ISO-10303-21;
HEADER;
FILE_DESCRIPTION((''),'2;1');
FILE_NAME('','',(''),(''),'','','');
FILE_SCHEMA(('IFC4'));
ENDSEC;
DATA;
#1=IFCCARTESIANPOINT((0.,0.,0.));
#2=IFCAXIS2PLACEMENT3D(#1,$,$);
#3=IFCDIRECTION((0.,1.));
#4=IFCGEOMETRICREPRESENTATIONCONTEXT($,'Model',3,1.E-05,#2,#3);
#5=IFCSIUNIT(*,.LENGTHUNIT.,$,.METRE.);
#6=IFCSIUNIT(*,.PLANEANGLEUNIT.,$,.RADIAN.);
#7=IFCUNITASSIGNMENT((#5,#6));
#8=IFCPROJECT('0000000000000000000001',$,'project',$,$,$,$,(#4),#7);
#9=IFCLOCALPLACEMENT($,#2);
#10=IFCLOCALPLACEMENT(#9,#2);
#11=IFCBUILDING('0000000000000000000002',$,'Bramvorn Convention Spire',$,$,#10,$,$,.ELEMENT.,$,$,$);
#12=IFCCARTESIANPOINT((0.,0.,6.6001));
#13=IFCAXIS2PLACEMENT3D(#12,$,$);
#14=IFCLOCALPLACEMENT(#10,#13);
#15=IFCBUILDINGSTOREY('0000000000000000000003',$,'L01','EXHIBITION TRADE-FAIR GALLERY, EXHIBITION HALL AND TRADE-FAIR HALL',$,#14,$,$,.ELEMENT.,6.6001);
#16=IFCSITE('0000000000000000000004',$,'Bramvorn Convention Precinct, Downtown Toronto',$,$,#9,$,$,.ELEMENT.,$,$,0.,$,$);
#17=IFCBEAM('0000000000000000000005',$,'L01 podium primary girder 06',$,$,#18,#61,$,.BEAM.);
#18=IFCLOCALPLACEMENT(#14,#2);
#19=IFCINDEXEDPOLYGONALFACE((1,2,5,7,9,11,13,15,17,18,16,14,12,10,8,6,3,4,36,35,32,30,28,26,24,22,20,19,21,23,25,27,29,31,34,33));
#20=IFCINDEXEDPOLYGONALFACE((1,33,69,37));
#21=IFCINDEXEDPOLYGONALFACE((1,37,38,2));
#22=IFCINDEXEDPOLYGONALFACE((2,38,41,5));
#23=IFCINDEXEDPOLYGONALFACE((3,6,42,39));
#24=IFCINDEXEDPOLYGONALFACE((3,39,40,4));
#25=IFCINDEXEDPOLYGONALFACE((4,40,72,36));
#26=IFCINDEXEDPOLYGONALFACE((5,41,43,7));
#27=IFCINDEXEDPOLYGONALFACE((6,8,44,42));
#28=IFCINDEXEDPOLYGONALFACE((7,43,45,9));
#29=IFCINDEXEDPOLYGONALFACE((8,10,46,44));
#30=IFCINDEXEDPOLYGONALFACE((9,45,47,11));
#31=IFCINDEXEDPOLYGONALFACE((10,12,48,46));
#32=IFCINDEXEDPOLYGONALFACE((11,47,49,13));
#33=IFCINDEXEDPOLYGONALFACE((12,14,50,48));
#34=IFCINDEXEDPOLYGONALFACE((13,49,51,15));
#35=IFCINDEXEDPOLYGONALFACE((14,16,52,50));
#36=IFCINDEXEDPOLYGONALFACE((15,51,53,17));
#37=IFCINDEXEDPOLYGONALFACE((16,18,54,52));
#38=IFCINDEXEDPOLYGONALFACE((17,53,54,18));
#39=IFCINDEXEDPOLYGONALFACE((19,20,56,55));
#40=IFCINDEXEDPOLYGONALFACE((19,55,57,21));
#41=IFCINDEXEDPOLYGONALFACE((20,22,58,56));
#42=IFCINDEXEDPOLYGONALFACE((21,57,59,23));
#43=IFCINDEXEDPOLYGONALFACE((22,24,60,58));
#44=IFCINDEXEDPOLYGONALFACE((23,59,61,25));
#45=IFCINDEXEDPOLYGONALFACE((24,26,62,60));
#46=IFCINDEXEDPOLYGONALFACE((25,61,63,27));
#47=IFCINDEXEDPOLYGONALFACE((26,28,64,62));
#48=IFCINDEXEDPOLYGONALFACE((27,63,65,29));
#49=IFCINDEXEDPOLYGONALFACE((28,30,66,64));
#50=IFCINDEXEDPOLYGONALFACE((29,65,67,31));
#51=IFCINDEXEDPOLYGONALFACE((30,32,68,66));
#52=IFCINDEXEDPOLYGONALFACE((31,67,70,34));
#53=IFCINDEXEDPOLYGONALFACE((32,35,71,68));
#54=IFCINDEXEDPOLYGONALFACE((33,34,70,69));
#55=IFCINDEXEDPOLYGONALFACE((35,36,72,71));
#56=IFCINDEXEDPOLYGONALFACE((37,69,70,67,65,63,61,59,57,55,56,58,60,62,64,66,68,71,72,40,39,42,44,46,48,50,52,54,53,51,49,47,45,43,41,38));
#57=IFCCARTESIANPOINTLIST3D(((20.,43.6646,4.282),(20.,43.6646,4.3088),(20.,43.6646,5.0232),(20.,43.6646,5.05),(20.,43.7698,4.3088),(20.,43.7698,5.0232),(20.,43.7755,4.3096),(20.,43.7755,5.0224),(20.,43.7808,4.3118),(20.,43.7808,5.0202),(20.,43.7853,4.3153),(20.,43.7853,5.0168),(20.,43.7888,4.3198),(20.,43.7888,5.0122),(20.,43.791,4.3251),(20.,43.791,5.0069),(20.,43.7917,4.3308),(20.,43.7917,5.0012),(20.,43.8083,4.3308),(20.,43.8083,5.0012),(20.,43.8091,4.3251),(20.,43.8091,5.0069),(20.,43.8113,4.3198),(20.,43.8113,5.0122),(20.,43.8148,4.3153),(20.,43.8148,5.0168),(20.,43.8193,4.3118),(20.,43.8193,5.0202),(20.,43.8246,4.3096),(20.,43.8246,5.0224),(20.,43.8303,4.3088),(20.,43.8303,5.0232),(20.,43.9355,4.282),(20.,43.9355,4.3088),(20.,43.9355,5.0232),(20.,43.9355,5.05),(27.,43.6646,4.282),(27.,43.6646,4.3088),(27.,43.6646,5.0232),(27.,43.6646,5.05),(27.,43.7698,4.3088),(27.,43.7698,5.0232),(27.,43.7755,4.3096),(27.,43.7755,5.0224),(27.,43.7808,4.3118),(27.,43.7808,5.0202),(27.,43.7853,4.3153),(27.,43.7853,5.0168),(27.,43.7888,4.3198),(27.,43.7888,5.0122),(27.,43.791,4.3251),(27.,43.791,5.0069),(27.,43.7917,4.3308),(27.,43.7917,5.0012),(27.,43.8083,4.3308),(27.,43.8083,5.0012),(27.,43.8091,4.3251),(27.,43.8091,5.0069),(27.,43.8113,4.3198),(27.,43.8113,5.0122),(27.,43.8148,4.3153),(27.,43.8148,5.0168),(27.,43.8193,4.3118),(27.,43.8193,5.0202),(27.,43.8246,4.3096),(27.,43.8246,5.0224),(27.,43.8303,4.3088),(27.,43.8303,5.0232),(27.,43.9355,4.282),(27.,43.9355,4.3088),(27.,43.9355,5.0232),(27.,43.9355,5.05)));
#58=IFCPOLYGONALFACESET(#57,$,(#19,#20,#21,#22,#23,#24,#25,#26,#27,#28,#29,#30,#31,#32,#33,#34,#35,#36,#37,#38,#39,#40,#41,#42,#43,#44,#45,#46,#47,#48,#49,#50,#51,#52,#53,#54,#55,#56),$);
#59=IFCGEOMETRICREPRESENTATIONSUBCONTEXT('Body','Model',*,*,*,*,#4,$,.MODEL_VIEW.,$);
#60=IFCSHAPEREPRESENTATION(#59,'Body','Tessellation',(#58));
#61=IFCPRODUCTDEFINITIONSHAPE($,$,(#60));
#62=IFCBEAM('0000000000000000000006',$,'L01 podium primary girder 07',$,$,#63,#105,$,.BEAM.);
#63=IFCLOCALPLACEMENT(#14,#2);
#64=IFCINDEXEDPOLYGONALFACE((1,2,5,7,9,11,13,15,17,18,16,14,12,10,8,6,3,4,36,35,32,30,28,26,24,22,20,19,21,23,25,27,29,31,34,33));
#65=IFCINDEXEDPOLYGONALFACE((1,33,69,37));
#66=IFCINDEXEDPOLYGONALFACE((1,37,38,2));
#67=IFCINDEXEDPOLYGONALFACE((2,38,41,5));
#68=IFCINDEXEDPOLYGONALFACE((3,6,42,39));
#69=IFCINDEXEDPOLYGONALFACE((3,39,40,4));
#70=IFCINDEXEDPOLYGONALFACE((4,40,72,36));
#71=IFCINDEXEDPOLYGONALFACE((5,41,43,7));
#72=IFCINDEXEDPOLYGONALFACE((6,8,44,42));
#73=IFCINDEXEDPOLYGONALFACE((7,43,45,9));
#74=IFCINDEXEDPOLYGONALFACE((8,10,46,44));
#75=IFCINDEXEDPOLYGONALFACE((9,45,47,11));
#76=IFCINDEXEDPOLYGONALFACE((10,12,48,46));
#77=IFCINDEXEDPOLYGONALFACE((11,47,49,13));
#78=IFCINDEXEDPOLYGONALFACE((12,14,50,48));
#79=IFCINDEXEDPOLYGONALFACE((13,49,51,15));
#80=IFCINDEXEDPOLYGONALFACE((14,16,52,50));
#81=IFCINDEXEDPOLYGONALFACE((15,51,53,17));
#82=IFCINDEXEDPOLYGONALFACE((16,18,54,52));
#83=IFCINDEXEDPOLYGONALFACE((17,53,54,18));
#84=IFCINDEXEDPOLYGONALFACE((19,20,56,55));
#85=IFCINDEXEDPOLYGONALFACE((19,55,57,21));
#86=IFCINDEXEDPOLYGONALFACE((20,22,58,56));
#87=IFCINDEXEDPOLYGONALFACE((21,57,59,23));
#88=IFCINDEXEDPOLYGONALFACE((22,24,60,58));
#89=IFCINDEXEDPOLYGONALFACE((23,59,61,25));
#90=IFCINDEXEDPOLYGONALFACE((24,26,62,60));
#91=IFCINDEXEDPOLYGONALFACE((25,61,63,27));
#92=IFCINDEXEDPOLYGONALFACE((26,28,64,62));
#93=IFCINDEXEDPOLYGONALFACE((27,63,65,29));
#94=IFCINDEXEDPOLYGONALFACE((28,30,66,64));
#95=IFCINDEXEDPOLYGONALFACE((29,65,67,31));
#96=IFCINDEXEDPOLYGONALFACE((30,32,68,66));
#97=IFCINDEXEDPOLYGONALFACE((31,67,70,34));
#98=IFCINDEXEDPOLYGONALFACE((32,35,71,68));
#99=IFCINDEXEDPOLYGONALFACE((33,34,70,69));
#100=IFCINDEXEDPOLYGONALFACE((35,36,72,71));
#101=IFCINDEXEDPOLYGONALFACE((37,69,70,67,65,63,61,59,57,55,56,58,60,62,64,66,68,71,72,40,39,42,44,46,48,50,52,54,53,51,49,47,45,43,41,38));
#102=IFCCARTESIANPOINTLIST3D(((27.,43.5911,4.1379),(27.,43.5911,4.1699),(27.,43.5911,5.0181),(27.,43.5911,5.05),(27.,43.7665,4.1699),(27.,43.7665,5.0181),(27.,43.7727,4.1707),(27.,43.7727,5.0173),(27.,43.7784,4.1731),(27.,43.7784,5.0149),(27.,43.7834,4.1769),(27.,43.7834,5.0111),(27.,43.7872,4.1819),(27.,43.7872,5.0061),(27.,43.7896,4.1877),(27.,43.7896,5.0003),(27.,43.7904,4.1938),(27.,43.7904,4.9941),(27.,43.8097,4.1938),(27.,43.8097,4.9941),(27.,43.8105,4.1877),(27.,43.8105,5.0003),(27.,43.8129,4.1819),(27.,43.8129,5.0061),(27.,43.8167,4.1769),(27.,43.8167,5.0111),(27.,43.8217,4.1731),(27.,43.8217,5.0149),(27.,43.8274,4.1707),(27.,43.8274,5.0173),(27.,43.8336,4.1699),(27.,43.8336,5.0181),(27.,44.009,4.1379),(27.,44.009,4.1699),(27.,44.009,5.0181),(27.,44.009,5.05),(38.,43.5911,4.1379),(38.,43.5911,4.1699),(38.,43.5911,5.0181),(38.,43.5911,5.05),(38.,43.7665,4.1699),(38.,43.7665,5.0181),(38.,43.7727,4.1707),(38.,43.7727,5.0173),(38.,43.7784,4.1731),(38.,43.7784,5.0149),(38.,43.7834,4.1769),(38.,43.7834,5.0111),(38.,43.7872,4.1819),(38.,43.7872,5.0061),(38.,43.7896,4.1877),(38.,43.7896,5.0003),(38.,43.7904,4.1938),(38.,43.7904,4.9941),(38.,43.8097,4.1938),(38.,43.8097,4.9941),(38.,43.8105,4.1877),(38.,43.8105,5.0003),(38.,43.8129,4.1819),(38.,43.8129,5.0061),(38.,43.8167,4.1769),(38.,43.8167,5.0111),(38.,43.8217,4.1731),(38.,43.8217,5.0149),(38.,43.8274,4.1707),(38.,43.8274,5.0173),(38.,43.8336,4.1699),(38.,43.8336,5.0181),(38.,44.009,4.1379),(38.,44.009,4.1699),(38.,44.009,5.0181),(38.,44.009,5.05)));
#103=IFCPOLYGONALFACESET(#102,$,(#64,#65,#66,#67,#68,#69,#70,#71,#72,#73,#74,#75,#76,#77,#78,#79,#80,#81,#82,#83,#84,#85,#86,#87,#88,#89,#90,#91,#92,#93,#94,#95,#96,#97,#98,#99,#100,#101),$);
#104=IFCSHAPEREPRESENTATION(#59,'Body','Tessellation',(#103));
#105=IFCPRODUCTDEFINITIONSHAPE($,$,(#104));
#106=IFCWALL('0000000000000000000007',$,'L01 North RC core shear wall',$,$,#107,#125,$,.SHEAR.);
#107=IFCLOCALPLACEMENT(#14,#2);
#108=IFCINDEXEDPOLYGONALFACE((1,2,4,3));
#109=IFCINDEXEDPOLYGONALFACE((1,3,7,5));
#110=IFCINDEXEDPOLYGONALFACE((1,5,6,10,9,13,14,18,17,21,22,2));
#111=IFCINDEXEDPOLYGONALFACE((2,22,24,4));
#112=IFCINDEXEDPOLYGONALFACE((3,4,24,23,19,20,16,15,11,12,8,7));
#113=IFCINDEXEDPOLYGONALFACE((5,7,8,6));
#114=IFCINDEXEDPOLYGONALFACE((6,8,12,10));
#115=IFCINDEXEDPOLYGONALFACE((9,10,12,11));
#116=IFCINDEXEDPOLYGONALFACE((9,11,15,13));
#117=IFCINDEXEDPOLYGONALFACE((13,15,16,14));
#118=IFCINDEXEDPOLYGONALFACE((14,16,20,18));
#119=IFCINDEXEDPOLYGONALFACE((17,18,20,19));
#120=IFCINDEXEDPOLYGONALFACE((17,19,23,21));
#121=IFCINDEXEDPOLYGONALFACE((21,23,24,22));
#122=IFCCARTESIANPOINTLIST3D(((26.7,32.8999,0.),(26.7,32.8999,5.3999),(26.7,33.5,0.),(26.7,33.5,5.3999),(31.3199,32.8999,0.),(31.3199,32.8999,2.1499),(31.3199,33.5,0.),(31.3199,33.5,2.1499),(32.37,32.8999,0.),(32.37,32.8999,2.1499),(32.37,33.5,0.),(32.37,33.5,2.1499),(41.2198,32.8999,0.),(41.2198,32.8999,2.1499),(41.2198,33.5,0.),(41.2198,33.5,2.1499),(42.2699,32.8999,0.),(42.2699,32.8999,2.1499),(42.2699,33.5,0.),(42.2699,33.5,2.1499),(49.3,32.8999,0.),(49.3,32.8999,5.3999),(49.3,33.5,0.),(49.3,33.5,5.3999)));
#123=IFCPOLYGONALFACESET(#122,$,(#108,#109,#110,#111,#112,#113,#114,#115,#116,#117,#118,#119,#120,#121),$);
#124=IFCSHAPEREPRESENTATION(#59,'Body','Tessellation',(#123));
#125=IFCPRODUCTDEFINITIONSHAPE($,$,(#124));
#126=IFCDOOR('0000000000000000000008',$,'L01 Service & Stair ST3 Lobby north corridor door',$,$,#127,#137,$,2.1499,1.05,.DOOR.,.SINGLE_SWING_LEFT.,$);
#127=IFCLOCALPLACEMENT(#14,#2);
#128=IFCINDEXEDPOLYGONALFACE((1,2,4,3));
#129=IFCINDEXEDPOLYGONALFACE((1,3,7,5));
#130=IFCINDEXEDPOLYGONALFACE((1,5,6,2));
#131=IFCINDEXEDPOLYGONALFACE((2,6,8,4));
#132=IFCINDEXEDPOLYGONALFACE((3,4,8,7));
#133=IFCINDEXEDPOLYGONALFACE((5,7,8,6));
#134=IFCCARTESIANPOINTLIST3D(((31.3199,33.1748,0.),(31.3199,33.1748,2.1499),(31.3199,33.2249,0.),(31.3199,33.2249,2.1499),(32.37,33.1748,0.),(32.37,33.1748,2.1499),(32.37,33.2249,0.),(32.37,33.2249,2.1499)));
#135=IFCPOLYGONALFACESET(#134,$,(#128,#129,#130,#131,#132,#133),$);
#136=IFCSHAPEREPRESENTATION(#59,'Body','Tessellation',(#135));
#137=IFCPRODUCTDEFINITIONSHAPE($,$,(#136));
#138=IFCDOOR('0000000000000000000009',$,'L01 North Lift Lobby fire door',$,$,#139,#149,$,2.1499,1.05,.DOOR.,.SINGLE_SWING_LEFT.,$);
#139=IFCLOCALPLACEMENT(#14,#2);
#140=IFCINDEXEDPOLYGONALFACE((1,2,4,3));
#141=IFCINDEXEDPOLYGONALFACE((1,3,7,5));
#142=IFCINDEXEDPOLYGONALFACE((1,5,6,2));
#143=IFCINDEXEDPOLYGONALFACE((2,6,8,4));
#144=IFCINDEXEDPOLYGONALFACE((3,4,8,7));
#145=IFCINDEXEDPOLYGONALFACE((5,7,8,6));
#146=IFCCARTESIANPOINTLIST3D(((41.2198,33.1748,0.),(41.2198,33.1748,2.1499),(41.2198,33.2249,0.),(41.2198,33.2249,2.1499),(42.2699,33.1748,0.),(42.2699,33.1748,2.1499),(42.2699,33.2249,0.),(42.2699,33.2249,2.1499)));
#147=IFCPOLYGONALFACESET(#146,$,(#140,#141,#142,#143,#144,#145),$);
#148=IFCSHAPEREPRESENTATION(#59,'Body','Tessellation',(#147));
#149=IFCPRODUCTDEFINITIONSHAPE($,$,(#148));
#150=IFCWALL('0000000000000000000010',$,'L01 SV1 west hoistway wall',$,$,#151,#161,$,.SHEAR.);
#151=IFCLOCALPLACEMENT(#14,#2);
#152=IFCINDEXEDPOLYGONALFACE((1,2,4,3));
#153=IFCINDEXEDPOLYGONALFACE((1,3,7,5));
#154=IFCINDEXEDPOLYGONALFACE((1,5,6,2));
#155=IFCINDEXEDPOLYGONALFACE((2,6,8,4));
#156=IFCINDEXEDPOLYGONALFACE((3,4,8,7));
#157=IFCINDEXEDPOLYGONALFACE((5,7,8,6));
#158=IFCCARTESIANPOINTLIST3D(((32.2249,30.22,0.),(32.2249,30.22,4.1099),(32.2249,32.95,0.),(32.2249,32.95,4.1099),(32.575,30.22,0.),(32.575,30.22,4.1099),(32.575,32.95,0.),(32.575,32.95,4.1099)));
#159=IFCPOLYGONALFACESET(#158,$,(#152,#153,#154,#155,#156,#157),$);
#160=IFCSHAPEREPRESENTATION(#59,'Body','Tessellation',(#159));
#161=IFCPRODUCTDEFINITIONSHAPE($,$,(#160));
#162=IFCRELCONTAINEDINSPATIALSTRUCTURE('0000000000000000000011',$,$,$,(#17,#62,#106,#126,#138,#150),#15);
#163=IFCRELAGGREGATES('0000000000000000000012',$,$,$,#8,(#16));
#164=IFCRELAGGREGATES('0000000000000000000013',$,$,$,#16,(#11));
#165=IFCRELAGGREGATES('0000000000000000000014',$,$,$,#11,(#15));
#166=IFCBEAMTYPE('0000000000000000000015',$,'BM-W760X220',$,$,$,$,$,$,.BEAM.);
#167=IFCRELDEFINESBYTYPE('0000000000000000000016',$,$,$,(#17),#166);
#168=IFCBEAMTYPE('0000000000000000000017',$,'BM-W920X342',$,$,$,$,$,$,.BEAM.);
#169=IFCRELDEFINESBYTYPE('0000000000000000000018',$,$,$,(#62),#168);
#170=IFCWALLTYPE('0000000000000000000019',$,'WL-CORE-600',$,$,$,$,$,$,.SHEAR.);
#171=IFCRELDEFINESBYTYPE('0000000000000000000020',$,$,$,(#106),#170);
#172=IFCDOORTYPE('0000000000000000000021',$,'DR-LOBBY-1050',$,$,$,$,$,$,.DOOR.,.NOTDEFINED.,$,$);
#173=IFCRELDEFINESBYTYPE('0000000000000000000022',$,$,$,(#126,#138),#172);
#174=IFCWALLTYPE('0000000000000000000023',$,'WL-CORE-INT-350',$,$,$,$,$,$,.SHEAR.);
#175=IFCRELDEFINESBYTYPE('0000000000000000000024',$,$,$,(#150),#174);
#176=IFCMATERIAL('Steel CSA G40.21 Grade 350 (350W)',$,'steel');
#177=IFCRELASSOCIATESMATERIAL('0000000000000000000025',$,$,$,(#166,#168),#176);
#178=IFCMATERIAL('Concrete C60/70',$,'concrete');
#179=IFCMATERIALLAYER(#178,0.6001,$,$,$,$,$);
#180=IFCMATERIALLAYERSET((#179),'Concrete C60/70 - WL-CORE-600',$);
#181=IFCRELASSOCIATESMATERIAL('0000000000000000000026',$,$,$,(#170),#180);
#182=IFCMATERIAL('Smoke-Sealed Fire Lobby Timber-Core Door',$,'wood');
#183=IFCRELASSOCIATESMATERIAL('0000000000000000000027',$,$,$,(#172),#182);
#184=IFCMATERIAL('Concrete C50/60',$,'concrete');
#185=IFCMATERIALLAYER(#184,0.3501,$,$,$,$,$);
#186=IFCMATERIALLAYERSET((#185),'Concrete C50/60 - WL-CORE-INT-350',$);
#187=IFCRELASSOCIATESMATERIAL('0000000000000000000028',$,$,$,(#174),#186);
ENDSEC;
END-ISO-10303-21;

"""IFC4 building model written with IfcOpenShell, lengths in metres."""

from ifc_helpers import new_model, si_unit, direction, frame, frame_2d, origin, origin_2d, place, context, subcontext, project, spatial, rectangle, i_section, extrude, material, layer, layer_set, material_profile, profile_set, type_object, element, fill, save


model = new_model("IFC4")

# Units and contexts
model_context = context("Model", 3, precision=1e-05, world=origin(), true_north=direction((0.0, 1.0)))
body_context = subcontext(model_context, "Body", "Model", "MODEL_VIEW")
ifc_project = project(units=[si_unit("LENGTHUNIT", "METRE"), si_unit("PLANEANGLEUNIT", "RADIAN")], contexts=[model_context])

# Site, building, storey
site_placement = place(None, origin())
site = spatial("IfcSite", under=ifc_project, at=site_placement, Name="Bramvorn Convention Precinct, Downtown Toronto", CompositionType="ELEMENT", RefElevation=0.0)
building_placement = place(site_placement, origin())
building = spatial("IfcBuilding", under=site, at=building_placement, Name="Bramvorn Convention Spire", CompositionType="ELEMENT")
storey_placement = place(building_placement, frame((0.0, 0.0, 6.6001)))
storey = spatial("IfcBuildingStorey", under=building, at=storey_placement, Name="L01", Description="EXHIBITION TRADE-FAIR GALLERY, EXHIBITION HALL AND TRADE-FAIR HALL", CompositionType="ELEMENT", Elevation=6.6001)

# Shared definitions
ifc_material_1 = material(Name="Steel CSA G40.21 Grade 350 (350W)", Category="steel")
ifc_material_2 = material(Name="Concrete C60/70", Category="concrete")

# Beams
ifc_material_profile_1 = material_profile(ifc_material_1, i_section(OverallWidth=0.271, OverallDepth=0.7681, WebThickness=0.0166, FlangeThickness=0.0269, FilletRadius=0.022, at=origin_2d()))
ifc_profile_set_1 = profile_set([ifc_material_profile_1], Name="Steel CSA G40.21 Grade 350 (350W) - W760X220")
beam_type_1 = type_object("IfcBeamType", Name="BM-W760X220", PredefinedType="BEAM", material=ifc_profile_set_1)
beam_1_placement = place(storey_placement, frame((20.0, 43.8, 4.666), z_axis=(1.0, 0.0, 0.0), x_axis=(0.0, 1.0, 0.0)))
element("IfcBeam", 1, at=beam_1_placement, inside=storey, type_object=beam_type_1, Name="L01 podium primary girder 06", PredefinedType="BEAM", context=body_context, shape_type="SweptSolid", body=[
    extrude(i_section(OverallWidth=0.271, OverallDepth=0.7681, WebThickness=0.0166, FlangeThickness=0.0269, FilletRadius=0.022, at=origin_2d()), origin(), (0.0, 0.0, 1.0), 7.0),
])
ifc_material_profile_2 = material_profile(ifc_material_1, i_section(OverallWidth=0.418, OverallDepth=0.9121, WebThickness=0.0193, FlangeThickness=0.032, FilletRadius=0.0239, at=origin_2d()))
ifc_profile_set_2 = profile_set([ifc_material_profile_2], Name="Steel CSA G40.21 Grade 350 (350W) - W920X342")
beam_type_2 = type_object("IfcBeamType", Name="BM-W920X342", PredefinedType="BEAM", material=ifc_profile_set_2)
beam_2_placement = place(storey_placement, frame((27.0, 43.8, 4.594), z_axis=(1.0, 0.0, 0.0), x_axis=(0.0, 1.0, 0.0)))
element("IfcBeam", 2, at=beam_2_placement, inside=storey, type_object=beam_type_2, Name="L01 podium primary girder 07", PredefinedType="BEAM", context=body_context, shape_type="SweptSolid", body=[
    extrude(i_section(OverallWidth=0.418, OverallDepth=0.9121, WebThickness=0.0193, FlangeThickness=0.032, FilletRadius=0.0239, at=origin_2d()), origin(), (0.0, 0.0, 1.0), 11.0),
])

# Wall, openings, doors
ifc_layer_1 = layer(ifc_material_2, 0.6001)
ifc_layer_set_1 = layer_set([ifc_layer_1], Name="Concrete C60/70 - WL-CORE-600")
wall_type_1 = type_object("IfcWallType", Name="WL-CORE-600", PredefinedType="SHEAR", material=ifc_layer_set_1)
wall_1_placement = place(storey_placement, frame((26.7, 33.2, 0.0), z_axis=(0.0, 0.0, 1.0), x_axis=(1.0, 0.0, 0.0)))
wall_1 = element("IfcWall", 3, at=wall_1_placement, inside=storey, type_object=wall_type_1, Name="L01 North RC core shear wall", PredefinedType="SHEAR", context=body_context, shape_type="SweptSolid", body=[
    extrude(rectangle(XDim=22.6001, YDim=0.6001, at=frame_2d((11.3, 0.0))), origin(), (0.0, 0.0, 1.0), 5.3999),
])
opening_1_placement = place(wall_1_placement, frame((4.6201, 0.0, 0.0)))
opening_1 = element("IfcOpeningElement", 4, at=opening_1_placement, cuts=wall_1, PredefinedType="OPENING", context=body_context, shape_type="SweptSolid", body=[
    extrude(rectangle(XDim=1.05, YDim=2.1499, at=frame_2d((0.5249, 1.075))), frame((0.0, 0.3101, 0.0), z_axis=(0.0, -1.0, 0.0), x_axis=(1.0, 0.0, 0.0)), (0.0, 0.0, 1.0), 0.6201),
])
opening_2_placement = place(wall_1_placement, frame((14.52, 0.0, 0.0)))
opening_2 = element("IfcOpeningElement", 5, at=opening_2_placement, cuts=wall_1, PredefinedType="OPENING", context=body_context, shape_type="SweptSolid", body=[
    extrude(rectangle(XDim=1.05, YDim=2.1499, at=frame_2d((0.5249, 1.075))), frame((0.0, 0.3101, 0.0), z_axis=(0.0, -1.0, 0.0), x_axis=(1.0, 0.0, 0.0)), (0.0, 0.0, 1.0), 0.6201),
])
ifc_material_3 = material(Name="Smoke-Sealed Fire Lobby Timber-Core Door", Category="wood")
door_type_1 = type_object("IfcDoorType", Name="DR-LOBBY-1050", OperationType="NOTDEFINED", PredefinedType="DOOR", material=ifc_material_3)
door_1_placement = place(opening_1_placement, origin())
door_1 = element("IfcDoor", 6, at=door_1_placement, inside=storey, type_object=door_type_1, Name="L01 Service & Stair ST3 Lobby north corridor door", OperationType="SINGLE_SWING_LEFT", OverallHeight=2.1499, OverallWidth=1.05, PredefinedType="DOOR", context=body_context, shape_type="SweptSolid", body=[
    extrude(rectangle(XDim=1.05, YDim=2.1499, at=frame_2d((0.5249, 1.075))), frame((0.0, 0.0249, 0.0), z_axis=(0.0, -1.0, 0.0), x_axis=(1.0, 0.0, 0.0)), (0.0, 0.0, 1.0), 0.05),
])
fill(opening_1, door_1)
door_2_placement = place(opening_2_placement, origin())
door_2 = element("IfcDoor", 7, at=door_2_placement, inside=storey, type_object=door_type_1, Name="L01 North Lift Lobby fire door", OperationType="SINGLE_SWING_LEFT", OverallHeight=2.1499, OverallWidth=1.05, PredefinedType="DOOR", context=body_context, shape_type="SweptSolid", body=[
    extrude(rectangle(XDim=1.05, YDim=2.1499, at=frame_2d((0.5249, 1.075))), frame((0.0, 0.0249, 0.0), z_axis=(0.0, -1.0, 0.0), x_axis=(1.0, 0.0, 0.0)), (0.0, 0.0, 1.0), 0.05),
])
fill(opening_2, door_2)

# Shared definitions
ifc_material_4 = material(Name="Concrete C50/60", Category="concrete")
ifc_layer_2 = layer(ifc_material_4, 0.3501)
ifc_layer_set_2 = layer_set([ifc_layer_2], Name="Concrete C50/60 - WL-CORE-INT-350")
wall_type_2 = type_object("IfcWallType", Name="WL-CORE-INT-350", PredefinedType="SHEAR", material=ifc_layer_set_2)

# Wall
wall_2_placement = place(storey_placement, frame((32.3999, 30.22, 0.0), z_axis=(0.0, 0.0, 1.0), x_axis=(0.0, 1.0, 0.0)))
element("IfcWall", 8, at=wall_2_placement, inside=storey, type_object=wall_type_2, Name="L01 SV1 west hoistway wall", PredefinedType="SHEAR", context=body_context, shape_type="SweptSolid", body=[
    extrude(rectangle(XDim=2.73, YDim=0.3501, at=frame_2d((1.365, 0.0))), origin(), (0.0, 0.0, 1.0), 4.1099),
])

save(model, "model.ifc")
